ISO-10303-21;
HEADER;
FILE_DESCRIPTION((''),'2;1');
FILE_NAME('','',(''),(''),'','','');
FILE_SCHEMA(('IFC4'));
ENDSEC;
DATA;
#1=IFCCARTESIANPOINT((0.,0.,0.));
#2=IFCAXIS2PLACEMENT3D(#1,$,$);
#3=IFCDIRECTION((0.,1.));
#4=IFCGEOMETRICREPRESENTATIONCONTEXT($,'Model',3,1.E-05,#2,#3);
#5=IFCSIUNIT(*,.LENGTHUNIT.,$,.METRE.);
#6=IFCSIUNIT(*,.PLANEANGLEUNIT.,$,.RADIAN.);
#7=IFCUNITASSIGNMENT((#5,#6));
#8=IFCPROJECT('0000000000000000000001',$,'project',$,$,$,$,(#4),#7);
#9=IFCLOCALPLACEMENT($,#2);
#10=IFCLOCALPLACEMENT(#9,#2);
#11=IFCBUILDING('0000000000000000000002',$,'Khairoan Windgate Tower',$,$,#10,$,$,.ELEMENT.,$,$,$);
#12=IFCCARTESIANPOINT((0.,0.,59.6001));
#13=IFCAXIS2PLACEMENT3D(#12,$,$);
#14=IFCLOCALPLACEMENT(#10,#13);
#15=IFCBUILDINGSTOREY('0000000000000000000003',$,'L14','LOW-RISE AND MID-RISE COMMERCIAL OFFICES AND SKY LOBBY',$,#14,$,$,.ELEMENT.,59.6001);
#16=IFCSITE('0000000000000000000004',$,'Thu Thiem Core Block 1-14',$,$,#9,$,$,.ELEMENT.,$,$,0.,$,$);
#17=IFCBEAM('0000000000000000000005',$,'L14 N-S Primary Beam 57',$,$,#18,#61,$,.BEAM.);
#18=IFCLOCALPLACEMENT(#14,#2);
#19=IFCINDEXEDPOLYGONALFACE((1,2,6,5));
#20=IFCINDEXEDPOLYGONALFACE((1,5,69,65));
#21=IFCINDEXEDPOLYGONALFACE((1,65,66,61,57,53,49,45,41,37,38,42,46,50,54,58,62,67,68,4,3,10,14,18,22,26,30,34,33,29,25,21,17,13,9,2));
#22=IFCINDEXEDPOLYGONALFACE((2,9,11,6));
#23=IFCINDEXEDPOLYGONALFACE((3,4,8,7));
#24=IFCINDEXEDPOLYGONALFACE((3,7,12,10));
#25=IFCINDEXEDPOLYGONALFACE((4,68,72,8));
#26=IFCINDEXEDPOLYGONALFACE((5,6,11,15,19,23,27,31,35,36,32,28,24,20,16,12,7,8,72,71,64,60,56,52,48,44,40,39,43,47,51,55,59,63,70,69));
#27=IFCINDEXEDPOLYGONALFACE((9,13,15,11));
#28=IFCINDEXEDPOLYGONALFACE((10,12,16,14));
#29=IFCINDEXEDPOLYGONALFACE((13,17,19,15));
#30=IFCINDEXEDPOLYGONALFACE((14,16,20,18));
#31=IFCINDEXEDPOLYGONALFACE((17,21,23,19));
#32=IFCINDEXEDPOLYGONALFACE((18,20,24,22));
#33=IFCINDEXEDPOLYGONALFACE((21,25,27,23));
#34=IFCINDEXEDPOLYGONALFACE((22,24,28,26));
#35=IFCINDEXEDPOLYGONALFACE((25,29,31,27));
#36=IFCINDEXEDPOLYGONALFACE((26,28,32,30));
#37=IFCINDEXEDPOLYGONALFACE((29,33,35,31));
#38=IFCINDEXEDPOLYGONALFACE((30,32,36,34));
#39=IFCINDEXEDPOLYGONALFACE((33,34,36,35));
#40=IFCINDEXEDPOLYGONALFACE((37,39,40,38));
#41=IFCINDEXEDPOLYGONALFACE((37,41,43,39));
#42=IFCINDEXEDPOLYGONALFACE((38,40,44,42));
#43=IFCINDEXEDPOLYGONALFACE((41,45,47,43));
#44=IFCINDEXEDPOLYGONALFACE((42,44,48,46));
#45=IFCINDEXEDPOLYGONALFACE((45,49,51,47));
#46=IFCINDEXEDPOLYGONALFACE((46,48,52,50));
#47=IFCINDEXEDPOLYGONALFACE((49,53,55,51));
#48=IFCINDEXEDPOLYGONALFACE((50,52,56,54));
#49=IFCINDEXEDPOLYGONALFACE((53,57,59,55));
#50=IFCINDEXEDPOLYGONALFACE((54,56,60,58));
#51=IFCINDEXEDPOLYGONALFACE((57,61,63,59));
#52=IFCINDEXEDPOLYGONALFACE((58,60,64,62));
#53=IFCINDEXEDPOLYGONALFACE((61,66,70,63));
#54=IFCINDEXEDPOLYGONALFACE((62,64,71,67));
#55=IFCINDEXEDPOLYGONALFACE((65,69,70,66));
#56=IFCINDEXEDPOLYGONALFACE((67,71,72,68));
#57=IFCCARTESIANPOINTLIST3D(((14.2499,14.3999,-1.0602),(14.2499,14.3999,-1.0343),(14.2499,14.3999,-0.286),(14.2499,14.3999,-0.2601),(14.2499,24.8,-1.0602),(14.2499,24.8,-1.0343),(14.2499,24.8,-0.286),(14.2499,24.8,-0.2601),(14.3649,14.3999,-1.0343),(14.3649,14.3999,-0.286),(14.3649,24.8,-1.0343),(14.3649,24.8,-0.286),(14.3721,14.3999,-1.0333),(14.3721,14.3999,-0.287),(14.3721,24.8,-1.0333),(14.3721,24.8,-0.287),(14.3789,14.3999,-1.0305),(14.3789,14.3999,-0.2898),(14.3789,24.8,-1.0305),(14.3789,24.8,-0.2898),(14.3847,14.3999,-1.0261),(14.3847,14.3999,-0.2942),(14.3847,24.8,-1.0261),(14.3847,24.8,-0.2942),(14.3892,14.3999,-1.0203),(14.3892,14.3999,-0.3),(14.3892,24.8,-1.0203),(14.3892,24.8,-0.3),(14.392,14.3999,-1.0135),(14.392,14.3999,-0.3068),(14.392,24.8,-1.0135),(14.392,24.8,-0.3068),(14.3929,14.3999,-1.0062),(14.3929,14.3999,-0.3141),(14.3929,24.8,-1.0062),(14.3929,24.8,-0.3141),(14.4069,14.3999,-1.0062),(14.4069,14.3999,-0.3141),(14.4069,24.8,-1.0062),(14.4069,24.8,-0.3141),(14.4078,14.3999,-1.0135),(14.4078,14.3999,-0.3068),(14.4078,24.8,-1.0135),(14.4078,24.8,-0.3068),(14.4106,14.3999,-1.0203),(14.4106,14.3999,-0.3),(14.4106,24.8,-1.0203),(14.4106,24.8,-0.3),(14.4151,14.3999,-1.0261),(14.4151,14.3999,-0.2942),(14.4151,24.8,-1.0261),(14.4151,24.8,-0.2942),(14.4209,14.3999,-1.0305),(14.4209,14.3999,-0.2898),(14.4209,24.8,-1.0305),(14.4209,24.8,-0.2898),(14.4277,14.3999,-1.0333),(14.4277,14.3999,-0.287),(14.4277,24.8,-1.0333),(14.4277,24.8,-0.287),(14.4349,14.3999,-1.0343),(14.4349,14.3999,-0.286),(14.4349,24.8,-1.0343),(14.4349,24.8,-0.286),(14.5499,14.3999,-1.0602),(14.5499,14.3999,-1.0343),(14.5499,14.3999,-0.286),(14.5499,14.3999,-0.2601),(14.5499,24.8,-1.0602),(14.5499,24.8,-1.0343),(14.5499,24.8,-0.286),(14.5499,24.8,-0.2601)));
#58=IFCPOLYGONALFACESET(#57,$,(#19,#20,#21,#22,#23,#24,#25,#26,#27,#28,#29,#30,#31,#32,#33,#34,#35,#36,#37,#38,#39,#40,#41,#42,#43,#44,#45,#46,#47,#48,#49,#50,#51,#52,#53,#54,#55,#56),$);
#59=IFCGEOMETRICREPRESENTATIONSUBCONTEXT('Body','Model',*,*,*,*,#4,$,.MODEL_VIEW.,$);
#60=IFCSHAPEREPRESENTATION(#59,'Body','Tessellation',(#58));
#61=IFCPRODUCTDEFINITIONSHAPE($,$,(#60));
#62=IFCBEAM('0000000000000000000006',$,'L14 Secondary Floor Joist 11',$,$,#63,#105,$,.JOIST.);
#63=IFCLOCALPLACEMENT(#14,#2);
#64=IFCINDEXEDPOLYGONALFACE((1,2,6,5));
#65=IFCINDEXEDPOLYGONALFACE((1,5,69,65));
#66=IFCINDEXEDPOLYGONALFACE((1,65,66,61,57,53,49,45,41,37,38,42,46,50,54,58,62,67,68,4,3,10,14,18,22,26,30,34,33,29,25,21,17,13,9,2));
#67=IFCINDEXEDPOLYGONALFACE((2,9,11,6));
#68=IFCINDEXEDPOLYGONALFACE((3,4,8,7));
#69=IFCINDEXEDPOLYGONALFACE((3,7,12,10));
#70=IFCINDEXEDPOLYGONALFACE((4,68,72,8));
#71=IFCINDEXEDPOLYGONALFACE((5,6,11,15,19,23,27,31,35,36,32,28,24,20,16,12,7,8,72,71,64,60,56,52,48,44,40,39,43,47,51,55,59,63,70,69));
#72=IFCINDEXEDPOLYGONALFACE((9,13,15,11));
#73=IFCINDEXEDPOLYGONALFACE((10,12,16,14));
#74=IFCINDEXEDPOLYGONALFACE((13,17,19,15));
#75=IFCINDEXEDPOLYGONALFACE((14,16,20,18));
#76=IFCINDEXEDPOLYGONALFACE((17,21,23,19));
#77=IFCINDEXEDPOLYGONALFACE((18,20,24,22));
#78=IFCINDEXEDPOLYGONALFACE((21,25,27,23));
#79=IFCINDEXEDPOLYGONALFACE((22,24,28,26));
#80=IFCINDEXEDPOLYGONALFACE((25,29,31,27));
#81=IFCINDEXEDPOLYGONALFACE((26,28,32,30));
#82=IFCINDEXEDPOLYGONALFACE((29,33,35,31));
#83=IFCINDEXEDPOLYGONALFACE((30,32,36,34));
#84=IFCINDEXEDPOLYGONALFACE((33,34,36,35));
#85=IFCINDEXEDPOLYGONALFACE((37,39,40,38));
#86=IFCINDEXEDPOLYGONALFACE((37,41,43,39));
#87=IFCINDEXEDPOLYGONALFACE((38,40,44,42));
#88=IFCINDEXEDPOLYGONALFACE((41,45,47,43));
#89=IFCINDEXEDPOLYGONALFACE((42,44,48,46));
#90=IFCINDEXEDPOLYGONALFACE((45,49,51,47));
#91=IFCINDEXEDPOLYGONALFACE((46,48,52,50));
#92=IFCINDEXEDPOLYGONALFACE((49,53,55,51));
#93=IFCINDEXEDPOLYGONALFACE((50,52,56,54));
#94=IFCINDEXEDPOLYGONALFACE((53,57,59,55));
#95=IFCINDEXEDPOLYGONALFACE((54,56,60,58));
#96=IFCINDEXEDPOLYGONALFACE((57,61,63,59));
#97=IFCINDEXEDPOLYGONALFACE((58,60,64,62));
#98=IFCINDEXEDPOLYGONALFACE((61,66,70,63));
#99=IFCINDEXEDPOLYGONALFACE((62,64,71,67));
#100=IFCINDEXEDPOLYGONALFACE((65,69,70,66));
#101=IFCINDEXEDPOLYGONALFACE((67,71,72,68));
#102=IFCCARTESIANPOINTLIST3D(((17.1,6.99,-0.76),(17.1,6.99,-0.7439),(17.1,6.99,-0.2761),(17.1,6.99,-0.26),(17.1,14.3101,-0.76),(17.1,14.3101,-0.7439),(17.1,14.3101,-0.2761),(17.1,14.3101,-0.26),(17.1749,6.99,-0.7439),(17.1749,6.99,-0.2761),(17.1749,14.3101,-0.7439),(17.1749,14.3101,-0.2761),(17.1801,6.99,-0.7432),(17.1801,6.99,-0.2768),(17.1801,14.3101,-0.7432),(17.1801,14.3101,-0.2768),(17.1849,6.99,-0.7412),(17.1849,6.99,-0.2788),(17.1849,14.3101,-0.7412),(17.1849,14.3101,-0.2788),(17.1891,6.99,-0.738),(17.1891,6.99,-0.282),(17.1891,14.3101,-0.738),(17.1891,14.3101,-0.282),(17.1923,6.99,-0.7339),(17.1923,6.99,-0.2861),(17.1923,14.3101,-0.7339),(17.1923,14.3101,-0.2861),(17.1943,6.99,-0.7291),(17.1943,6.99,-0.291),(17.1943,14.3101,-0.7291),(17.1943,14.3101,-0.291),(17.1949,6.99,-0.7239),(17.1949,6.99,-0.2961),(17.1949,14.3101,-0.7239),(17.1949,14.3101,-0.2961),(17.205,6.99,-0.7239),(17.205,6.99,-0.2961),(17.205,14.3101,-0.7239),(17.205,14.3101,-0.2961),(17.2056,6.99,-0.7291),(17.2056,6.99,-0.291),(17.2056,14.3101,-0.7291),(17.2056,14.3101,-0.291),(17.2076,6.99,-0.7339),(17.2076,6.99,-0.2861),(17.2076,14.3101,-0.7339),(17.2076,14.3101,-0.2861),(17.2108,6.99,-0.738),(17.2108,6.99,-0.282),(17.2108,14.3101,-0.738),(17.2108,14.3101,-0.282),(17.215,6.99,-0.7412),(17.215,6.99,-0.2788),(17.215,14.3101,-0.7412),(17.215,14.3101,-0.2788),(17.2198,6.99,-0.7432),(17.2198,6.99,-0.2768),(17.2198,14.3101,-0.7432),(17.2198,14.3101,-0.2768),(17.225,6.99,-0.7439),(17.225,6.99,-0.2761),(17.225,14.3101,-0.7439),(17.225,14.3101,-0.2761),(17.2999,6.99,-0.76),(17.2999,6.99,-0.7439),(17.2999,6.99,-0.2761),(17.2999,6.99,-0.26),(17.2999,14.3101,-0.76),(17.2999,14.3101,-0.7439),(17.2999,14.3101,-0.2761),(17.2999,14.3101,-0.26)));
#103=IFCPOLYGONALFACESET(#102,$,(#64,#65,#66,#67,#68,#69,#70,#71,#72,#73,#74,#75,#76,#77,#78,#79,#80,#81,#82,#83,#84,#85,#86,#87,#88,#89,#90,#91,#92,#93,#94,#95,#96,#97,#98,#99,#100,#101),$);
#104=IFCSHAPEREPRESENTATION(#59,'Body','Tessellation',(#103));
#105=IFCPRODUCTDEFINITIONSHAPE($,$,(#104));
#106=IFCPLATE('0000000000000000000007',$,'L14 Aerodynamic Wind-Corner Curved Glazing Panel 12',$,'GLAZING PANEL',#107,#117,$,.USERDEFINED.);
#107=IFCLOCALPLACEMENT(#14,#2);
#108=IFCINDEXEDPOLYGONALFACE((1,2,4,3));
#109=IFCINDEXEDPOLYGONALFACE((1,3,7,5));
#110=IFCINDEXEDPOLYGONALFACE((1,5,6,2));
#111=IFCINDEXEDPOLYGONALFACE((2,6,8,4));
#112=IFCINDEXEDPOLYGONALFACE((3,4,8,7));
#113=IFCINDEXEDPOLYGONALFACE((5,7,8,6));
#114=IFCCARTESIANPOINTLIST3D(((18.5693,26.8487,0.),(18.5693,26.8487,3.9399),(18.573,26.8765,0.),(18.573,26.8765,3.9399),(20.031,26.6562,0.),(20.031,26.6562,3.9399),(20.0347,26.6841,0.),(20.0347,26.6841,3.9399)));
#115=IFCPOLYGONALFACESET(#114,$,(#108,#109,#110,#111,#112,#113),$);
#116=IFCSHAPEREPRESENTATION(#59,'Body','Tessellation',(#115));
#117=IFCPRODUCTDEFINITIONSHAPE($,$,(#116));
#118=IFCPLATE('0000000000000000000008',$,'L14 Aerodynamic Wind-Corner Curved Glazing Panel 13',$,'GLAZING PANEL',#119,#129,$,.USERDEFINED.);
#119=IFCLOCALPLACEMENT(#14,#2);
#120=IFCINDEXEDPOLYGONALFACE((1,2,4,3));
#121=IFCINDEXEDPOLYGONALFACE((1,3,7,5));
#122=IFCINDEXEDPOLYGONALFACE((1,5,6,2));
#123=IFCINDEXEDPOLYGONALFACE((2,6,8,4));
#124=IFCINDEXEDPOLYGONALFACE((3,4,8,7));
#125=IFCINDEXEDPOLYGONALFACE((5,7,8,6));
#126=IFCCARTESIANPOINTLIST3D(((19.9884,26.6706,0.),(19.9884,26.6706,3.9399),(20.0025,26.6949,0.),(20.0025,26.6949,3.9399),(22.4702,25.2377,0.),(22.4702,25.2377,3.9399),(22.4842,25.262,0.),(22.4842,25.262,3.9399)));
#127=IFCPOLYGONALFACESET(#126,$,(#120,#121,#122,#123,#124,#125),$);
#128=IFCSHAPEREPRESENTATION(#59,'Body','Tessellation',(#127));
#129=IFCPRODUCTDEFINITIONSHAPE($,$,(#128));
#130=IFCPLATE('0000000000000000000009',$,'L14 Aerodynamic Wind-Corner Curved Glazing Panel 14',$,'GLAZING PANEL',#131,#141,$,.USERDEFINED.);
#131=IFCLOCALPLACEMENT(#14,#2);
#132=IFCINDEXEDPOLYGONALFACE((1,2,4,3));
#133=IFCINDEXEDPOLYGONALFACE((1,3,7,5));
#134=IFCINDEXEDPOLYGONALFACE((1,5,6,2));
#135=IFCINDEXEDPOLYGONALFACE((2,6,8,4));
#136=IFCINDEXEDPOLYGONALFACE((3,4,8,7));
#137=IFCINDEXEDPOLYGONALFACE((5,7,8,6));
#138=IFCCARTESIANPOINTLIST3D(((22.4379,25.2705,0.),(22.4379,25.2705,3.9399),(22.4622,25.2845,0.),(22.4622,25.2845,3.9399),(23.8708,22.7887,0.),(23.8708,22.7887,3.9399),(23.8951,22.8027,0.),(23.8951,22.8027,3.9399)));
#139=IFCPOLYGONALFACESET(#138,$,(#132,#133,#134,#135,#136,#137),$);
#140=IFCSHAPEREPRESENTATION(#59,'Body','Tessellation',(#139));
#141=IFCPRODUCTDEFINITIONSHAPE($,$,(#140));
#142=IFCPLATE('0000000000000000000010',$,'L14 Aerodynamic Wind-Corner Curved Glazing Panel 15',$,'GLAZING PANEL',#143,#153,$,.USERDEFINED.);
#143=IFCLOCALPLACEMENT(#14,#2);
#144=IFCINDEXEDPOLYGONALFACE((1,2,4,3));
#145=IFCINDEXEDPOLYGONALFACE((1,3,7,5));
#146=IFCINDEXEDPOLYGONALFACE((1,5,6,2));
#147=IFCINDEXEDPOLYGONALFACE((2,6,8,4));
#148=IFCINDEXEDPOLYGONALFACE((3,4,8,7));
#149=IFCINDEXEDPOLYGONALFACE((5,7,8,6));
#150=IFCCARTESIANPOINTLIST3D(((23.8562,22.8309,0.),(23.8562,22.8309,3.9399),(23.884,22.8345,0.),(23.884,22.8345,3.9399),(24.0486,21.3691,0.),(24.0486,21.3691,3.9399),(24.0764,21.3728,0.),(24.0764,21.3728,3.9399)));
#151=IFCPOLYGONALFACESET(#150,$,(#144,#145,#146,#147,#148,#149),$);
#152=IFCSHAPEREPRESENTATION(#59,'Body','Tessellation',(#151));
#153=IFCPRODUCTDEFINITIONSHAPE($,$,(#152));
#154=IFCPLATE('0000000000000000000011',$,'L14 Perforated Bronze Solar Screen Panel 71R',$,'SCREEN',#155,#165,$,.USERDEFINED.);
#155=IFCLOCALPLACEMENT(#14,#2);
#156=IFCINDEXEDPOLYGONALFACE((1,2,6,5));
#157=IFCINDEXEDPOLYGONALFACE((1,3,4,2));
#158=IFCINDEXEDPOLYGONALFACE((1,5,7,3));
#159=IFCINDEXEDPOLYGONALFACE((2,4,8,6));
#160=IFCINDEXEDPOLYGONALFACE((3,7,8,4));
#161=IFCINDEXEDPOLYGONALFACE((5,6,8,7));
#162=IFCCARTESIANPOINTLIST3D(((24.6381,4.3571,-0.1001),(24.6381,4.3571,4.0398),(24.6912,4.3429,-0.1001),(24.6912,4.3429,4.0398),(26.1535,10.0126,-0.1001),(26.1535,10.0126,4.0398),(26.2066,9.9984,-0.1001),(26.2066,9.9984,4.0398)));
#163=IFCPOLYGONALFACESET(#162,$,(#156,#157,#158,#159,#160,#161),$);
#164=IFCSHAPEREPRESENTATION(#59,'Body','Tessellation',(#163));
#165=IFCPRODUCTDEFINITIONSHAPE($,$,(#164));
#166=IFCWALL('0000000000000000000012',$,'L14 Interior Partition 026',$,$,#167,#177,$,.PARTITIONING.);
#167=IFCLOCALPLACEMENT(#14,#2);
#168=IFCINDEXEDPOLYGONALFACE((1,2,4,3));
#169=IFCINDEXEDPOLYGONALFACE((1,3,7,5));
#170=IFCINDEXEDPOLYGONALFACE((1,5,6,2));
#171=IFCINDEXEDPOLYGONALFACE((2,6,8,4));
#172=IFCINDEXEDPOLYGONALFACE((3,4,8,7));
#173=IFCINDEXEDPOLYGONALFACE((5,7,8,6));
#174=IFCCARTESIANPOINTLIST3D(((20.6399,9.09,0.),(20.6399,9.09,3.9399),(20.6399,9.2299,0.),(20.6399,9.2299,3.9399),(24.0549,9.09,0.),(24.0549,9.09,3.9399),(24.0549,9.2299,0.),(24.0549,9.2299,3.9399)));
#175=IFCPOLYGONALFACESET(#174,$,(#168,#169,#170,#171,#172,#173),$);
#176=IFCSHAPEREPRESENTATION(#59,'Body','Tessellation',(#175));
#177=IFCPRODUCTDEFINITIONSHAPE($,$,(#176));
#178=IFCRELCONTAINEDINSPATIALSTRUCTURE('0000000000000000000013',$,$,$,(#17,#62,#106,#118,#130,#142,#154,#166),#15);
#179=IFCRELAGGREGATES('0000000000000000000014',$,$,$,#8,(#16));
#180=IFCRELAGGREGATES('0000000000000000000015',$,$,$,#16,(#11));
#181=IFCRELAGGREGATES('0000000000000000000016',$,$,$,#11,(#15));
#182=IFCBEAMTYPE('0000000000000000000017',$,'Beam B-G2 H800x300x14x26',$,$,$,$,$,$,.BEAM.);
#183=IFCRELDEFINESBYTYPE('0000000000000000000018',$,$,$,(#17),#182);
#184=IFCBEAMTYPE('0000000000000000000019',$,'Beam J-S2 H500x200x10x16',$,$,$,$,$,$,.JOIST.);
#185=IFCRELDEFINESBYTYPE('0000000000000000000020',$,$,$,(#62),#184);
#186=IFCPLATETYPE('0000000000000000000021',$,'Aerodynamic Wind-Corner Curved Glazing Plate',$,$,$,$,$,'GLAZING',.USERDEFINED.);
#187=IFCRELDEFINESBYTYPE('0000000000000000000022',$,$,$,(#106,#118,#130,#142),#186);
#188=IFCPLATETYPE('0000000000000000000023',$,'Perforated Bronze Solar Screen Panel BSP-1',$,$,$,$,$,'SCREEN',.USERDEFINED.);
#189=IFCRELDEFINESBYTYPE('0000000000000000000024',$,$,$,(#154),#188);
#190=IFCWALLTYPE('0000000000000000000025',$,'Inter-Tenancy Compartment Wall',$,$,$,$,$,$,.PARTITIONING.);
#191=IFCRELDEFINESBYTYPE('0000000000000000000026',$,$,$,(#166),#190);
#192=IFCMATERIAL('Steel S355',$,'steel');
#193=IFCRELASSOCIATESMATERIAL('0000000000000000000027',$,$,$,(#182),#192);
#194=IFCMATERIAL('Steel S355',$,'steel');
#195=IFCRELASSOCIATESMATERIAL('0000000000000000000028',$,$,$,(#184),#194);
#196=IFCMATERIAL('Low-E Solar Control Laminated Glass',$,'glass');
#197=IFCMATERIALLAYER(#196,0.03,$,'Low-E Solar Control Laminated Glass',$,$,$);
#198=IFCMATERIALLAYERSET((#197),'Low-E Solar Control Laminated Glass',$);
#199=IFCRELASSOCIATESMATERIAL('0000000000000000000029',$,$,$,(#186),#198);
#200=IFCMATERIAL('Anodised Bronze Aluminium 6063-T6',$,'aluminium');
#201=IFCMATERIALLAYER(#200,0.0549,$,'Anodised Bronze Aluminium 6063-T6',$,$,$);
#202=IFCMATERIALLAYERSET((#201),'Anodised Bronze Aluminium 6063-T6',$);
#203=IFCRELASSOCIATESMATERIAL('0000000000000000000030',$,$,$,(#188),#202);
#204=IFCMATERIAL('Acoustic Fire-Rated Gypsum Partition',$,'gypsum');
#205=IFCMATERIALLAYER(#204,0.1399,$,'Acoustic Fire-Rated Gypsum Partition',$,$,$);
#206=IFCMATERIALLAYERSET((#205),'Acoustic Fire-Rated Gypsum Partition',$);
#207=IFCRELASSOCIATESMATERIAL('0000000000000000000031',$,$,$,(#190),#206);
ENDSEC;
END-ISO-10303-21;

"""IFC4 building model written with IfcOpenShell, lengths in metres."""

from ifc_helpers import new_model, si_unit, direction, frame, frame_2d, origin, origin_2d, place, context, subcontext, project, spatial, rectangle, i_section, extrude, material, layer, layer_set, material_profile, profile_set, type_object, element, save


model = new_model("IFC4")

# Units and contexts
model_context = context("Model", 3, precision=1e-05, world=origin(), true_north=direction((0.0, 1.0)))
body_context = subcontext(model_context, "Body", "Model", "MODEL_VIEW")
ifc_project = project(units=[si_unit("LENGTHUNIT", "METRE"), si_unit("PLANEANGLEUNIT", "RADIAN")], contexts=[model_context])

# Site, building, storey
site_placement = place(None, origin())
site = spatial("IfcSite", under=ifc_project, at=site_placement, Name="Thu Thiem Core Block 1-14", CompositionType="ELEMENT", RefElevation=0.0)
building_placement = place(site_placement, origin())
building = spatial("IfcBuilding", under=site, at=building_placement, Name="Khairoan Windgate Tower", CompositionType="ELEMENT")
storey_placement = place(building_placement, frame((0.0, 0.0, 59.6001)))
storey = spatial("IfcBuildingStorey", under=building, at=storey_placement, Name="L14", Description="LOW-RISE AND MID-RISE COMMERCIAL OFFICES AND SKY LOBBY", CompositionType="ELEMENT", Elevation=59.6001)

# Beams
ifc_material_1 = material(Name="Steel S355", Category="steel")
ifc_material_profile_1 = material_profile(ifc_material_1, i_section(OverallWidth=0.3, OverallDepth=0.8, WebThickness=0.0139, FlangeThickness=0.0259, FilletRadius=0.0281, at=origin_2d()))
ifc_profile_set_1 = profile_set([ifc_material_profile_1], Name="Steel S355")
beam_type_1 = type_object("IfcBeamType", Name="Beam B-G2 H800x300x14x26", PredefinedType="BEAM", material=ifc_profile_set_1)
beam_1_placement = place(storey_placement, frame((14.3999, 14.3999, -0.6602), z_axis=(0.0, 1.0, 0.0), x_axis=(-1.0, 0.0, 0.0)))
element("IfcBeam", 1, at=beam_1_placement, inside=storey, type_object=beam_type_1, Name="L14 N-S Primary Beam 57", PredefinedType="BEAM", context=body_context, shape_type="SweptSolid", body=[
    extrude(i_section(OverallWidth=0.3, OverallDepth=0.8, WebThickness=0.0139, FlangeThickness=0.0259, FilletRadius=0.0281, at=origin_2d()), origin(), (0.0, 0.0, 1.0), 10.4001),
])
ifc_material_2 = material(Name="Steel S355", Category="steel")
ifc_material_profile_2 = material_profile(ifc_material_2, i_section(OverallWidth=0.2, OverallDepth=0.5, WebThickness=0.01, FlangeThickness=0.0161, FilletRadius=0.02, at=origin_2d()))
ifc_profile_set_2 = profile_set([ifc_material_profile_2], Name="Steel S355")
beam_type_2 = type_object("IfcBeamType", Name="Beam J-S2 H500x200x10x16", PredefinedType="JOIST", material=ifc_profile_set_2)
beam_2_placement = place(storey_placement, frame((17.2, 6.99, -0.51), z_axis=(0.0, 1.0, 0.0), x_axis=(-1.0, 0.0, 0.0)))
element("IfcBeam", 2, at=beam_2_placement, inside=storey, type_object=beam_type_2, Name="L14 Secondary Floor Joist 11", PredefinedType="JOIST", context=body_context, shape_type="SweptSolid", body=[
    extrude(i_section(OverallWidth=0.2, OverallDepth=0.5, WebThickness=0.01, FlangeThickness=0.0161, FilletRadius=0.02, at=origin_2d()), origin(), (0.0, 0.0, 1.0), 7.3201),
])

# Plates
ifc_material_3 = material(Name="Low-E Solar Control Laminated Glass", Category="glass")
ifc_layer_1 = layer(ifc_material_3, 0.03, Name="Low-E Solar Control Laminated Glass")
ifc_layer_set_1 = layer_set([ifc_layer_1], Name="Low-E Solar Control Laminated Glass")
plate_type_1 = type_object("IfcPlateType", Name="Aerodynamic Wind-Corner Curved Glazing Plate", ElementType="GLAZING", PredefinedType="USERDEFINED", material=ifc_layer_set_1)
plate_1_placement = place(storey_placement, frame((19.302, 26.7664, 0.0), z_axis=(0.0, 0.0, 1.0), x_axis=(0.991445, -0.130526, 0.0)))
element("IfcPlate", 3, at=plate_1_placement, inside=storey, type_object=plate_type_1, Name="L14 Aerodynamic Wind-Corner Curved Glazing Panel 12", ObjectType="GLAZING PANEL", PredefinedType="USERDEFINED", context=body_context, shape_type="SweptSolid", body=[
    extrude(rectangle(XDim=1.4744, YDim=0.0281, at=origin_2d()), origin(), (0.0, 0.0, 1.0), 3.9399),
])
for number, where, z_axis, x_axis, name in (
    (4, (21.2363, 25.9663, 0.0), (0.0, 0.0, 1.0), (0.866025, -0.5, 0.0), "L14 Aerodynamic Wind-Corner Curved Glazing Panel 13"),
    (5, (23.1665, 24.0366, 0.0), (0.0, 0.0, 1.0), (0.5, -0.866025, 0.0), "L14 Aerodynamic Wind-Corner Curved Glazing Panel 14"),
):
    element("IfcPlate", number, at=place(storey_placement, frame(where, z_axis=z_axis, x_axis=x_axis)), inside=storey, type_object=plate_type_1, Name=name, ObjectType="GLAZING PANEL", PredefinedType="USERDEFINED", context=body_context, shape_type="SweptSolid", body=[
        extrude(rectangle(XDim=2.8657, YDim=0.0281, at=origin_2d()), origin(), (0.0, 0.0, 1.0), 3.9399),
    ])
plate_2_placement = place(storey_placement, frame((23.9663, 22.1018, 0.0), z_axis=(0.0, 0.0, 1.0), x_axis=(0.130526, -0.991445, 0.0)))
element("IfcPlate", 6, at=plate_2_placement, inside=storey, type_object=plate_type_1, Name="L14 Aerodynamic Wind-Corner Curved Glazing Panel 15", ObjectType="GLAZING PANEL", PredefinedType="USERDEFINED", context=body_context, shape_type="SweptSolid", body=[
    extrude(rectangle(XDim=1.4744, YDim=0.0281, at=origin_2d()), origin(), (0.0, 0.0, 1.0), 3.9399),
])

# Plate
ifc_material_4 = material(Name="Anodised Bronze Aluminium 6063-T6", Category="aluminium")
ifc_layer_2 = layer(ifc_material_4, 0.0549, Name="Anodised Bronze Aluminium 6063-T6")
ifc_layer_set_2 = layer_set([ifc_layer_2], Name="Anodised Bronze Aluminium 6063-T6")
plate_type_2 = type_object("IfcPlateType", Name="Perforated Bronze Solar Screen Panel BSP-1", ElementType="SCREEN", PredefinedType="USERDEFINED", material=ifc_layer_set_2)
plate_3_placement = place(storey_placement, frame((25.4224, 7.1777, -0.1001), z_axis=(0.0, 0.0, 1.0), x_axis=(-0.258819, -0.965926, 0.0)))
element("IfcPlate", 7, at=plate_3_placement, inside=storey, type_object=plate_type_2, Name="L14 Perforated Bronze Solar Screen Panel 71R", ObjectType="SCREEN", PredefinedType="USERDEFINED", context=body_context, shape_type="SweptSolid", body=[
    extrude(rectangle(XDim=5.855, YDim=0.0549, at=origin_2d()), origin(), (0.0, 0.0, 1.0), 4.1399),
])

# Wall
ifc_material_5 = material(Name="Acoustic Fire-Rated Gypsum Partition", Category="gypsum")
ifc_layer_3 = layer(ifc_material_5, 0.1399, Name="Acoustic Fire-Rated Gypsum Partition")
ifc_layer_set_3 = layer_set([ifc_layer_3], Name="Acoustic Fire-Rated Gypsum Partition")
wall_type_1 = type_object("IfcWallType", Name="Inter-Tenancy Compartment Wall", PredefinedType="PARTITIONING", material=ifc_layer_set_3)
wall_1_placement = place(storey_placement, frame((20.6399, 9.1599, 0.0), z_axis=(0.0, 0.0, 1.0), x_axis=(1.0, 0.0, 0.0)))
element("IfcWall", 8, at=wall_1_placement, inside=storey, type_object=wall_type_1, Name="L14 Interior Partition 026", PredefinedType="PARTITIONING", context=body_context, shape_type="SweptSolid", body=[
    extrude(rectangle(XDim=3.415, YDim=0.1399, at=frame_2d((1.7075, 0.0))), origin(), (0.0, 0.0, 1.0), 3.9399),
])

save(model, "model.ifc")
